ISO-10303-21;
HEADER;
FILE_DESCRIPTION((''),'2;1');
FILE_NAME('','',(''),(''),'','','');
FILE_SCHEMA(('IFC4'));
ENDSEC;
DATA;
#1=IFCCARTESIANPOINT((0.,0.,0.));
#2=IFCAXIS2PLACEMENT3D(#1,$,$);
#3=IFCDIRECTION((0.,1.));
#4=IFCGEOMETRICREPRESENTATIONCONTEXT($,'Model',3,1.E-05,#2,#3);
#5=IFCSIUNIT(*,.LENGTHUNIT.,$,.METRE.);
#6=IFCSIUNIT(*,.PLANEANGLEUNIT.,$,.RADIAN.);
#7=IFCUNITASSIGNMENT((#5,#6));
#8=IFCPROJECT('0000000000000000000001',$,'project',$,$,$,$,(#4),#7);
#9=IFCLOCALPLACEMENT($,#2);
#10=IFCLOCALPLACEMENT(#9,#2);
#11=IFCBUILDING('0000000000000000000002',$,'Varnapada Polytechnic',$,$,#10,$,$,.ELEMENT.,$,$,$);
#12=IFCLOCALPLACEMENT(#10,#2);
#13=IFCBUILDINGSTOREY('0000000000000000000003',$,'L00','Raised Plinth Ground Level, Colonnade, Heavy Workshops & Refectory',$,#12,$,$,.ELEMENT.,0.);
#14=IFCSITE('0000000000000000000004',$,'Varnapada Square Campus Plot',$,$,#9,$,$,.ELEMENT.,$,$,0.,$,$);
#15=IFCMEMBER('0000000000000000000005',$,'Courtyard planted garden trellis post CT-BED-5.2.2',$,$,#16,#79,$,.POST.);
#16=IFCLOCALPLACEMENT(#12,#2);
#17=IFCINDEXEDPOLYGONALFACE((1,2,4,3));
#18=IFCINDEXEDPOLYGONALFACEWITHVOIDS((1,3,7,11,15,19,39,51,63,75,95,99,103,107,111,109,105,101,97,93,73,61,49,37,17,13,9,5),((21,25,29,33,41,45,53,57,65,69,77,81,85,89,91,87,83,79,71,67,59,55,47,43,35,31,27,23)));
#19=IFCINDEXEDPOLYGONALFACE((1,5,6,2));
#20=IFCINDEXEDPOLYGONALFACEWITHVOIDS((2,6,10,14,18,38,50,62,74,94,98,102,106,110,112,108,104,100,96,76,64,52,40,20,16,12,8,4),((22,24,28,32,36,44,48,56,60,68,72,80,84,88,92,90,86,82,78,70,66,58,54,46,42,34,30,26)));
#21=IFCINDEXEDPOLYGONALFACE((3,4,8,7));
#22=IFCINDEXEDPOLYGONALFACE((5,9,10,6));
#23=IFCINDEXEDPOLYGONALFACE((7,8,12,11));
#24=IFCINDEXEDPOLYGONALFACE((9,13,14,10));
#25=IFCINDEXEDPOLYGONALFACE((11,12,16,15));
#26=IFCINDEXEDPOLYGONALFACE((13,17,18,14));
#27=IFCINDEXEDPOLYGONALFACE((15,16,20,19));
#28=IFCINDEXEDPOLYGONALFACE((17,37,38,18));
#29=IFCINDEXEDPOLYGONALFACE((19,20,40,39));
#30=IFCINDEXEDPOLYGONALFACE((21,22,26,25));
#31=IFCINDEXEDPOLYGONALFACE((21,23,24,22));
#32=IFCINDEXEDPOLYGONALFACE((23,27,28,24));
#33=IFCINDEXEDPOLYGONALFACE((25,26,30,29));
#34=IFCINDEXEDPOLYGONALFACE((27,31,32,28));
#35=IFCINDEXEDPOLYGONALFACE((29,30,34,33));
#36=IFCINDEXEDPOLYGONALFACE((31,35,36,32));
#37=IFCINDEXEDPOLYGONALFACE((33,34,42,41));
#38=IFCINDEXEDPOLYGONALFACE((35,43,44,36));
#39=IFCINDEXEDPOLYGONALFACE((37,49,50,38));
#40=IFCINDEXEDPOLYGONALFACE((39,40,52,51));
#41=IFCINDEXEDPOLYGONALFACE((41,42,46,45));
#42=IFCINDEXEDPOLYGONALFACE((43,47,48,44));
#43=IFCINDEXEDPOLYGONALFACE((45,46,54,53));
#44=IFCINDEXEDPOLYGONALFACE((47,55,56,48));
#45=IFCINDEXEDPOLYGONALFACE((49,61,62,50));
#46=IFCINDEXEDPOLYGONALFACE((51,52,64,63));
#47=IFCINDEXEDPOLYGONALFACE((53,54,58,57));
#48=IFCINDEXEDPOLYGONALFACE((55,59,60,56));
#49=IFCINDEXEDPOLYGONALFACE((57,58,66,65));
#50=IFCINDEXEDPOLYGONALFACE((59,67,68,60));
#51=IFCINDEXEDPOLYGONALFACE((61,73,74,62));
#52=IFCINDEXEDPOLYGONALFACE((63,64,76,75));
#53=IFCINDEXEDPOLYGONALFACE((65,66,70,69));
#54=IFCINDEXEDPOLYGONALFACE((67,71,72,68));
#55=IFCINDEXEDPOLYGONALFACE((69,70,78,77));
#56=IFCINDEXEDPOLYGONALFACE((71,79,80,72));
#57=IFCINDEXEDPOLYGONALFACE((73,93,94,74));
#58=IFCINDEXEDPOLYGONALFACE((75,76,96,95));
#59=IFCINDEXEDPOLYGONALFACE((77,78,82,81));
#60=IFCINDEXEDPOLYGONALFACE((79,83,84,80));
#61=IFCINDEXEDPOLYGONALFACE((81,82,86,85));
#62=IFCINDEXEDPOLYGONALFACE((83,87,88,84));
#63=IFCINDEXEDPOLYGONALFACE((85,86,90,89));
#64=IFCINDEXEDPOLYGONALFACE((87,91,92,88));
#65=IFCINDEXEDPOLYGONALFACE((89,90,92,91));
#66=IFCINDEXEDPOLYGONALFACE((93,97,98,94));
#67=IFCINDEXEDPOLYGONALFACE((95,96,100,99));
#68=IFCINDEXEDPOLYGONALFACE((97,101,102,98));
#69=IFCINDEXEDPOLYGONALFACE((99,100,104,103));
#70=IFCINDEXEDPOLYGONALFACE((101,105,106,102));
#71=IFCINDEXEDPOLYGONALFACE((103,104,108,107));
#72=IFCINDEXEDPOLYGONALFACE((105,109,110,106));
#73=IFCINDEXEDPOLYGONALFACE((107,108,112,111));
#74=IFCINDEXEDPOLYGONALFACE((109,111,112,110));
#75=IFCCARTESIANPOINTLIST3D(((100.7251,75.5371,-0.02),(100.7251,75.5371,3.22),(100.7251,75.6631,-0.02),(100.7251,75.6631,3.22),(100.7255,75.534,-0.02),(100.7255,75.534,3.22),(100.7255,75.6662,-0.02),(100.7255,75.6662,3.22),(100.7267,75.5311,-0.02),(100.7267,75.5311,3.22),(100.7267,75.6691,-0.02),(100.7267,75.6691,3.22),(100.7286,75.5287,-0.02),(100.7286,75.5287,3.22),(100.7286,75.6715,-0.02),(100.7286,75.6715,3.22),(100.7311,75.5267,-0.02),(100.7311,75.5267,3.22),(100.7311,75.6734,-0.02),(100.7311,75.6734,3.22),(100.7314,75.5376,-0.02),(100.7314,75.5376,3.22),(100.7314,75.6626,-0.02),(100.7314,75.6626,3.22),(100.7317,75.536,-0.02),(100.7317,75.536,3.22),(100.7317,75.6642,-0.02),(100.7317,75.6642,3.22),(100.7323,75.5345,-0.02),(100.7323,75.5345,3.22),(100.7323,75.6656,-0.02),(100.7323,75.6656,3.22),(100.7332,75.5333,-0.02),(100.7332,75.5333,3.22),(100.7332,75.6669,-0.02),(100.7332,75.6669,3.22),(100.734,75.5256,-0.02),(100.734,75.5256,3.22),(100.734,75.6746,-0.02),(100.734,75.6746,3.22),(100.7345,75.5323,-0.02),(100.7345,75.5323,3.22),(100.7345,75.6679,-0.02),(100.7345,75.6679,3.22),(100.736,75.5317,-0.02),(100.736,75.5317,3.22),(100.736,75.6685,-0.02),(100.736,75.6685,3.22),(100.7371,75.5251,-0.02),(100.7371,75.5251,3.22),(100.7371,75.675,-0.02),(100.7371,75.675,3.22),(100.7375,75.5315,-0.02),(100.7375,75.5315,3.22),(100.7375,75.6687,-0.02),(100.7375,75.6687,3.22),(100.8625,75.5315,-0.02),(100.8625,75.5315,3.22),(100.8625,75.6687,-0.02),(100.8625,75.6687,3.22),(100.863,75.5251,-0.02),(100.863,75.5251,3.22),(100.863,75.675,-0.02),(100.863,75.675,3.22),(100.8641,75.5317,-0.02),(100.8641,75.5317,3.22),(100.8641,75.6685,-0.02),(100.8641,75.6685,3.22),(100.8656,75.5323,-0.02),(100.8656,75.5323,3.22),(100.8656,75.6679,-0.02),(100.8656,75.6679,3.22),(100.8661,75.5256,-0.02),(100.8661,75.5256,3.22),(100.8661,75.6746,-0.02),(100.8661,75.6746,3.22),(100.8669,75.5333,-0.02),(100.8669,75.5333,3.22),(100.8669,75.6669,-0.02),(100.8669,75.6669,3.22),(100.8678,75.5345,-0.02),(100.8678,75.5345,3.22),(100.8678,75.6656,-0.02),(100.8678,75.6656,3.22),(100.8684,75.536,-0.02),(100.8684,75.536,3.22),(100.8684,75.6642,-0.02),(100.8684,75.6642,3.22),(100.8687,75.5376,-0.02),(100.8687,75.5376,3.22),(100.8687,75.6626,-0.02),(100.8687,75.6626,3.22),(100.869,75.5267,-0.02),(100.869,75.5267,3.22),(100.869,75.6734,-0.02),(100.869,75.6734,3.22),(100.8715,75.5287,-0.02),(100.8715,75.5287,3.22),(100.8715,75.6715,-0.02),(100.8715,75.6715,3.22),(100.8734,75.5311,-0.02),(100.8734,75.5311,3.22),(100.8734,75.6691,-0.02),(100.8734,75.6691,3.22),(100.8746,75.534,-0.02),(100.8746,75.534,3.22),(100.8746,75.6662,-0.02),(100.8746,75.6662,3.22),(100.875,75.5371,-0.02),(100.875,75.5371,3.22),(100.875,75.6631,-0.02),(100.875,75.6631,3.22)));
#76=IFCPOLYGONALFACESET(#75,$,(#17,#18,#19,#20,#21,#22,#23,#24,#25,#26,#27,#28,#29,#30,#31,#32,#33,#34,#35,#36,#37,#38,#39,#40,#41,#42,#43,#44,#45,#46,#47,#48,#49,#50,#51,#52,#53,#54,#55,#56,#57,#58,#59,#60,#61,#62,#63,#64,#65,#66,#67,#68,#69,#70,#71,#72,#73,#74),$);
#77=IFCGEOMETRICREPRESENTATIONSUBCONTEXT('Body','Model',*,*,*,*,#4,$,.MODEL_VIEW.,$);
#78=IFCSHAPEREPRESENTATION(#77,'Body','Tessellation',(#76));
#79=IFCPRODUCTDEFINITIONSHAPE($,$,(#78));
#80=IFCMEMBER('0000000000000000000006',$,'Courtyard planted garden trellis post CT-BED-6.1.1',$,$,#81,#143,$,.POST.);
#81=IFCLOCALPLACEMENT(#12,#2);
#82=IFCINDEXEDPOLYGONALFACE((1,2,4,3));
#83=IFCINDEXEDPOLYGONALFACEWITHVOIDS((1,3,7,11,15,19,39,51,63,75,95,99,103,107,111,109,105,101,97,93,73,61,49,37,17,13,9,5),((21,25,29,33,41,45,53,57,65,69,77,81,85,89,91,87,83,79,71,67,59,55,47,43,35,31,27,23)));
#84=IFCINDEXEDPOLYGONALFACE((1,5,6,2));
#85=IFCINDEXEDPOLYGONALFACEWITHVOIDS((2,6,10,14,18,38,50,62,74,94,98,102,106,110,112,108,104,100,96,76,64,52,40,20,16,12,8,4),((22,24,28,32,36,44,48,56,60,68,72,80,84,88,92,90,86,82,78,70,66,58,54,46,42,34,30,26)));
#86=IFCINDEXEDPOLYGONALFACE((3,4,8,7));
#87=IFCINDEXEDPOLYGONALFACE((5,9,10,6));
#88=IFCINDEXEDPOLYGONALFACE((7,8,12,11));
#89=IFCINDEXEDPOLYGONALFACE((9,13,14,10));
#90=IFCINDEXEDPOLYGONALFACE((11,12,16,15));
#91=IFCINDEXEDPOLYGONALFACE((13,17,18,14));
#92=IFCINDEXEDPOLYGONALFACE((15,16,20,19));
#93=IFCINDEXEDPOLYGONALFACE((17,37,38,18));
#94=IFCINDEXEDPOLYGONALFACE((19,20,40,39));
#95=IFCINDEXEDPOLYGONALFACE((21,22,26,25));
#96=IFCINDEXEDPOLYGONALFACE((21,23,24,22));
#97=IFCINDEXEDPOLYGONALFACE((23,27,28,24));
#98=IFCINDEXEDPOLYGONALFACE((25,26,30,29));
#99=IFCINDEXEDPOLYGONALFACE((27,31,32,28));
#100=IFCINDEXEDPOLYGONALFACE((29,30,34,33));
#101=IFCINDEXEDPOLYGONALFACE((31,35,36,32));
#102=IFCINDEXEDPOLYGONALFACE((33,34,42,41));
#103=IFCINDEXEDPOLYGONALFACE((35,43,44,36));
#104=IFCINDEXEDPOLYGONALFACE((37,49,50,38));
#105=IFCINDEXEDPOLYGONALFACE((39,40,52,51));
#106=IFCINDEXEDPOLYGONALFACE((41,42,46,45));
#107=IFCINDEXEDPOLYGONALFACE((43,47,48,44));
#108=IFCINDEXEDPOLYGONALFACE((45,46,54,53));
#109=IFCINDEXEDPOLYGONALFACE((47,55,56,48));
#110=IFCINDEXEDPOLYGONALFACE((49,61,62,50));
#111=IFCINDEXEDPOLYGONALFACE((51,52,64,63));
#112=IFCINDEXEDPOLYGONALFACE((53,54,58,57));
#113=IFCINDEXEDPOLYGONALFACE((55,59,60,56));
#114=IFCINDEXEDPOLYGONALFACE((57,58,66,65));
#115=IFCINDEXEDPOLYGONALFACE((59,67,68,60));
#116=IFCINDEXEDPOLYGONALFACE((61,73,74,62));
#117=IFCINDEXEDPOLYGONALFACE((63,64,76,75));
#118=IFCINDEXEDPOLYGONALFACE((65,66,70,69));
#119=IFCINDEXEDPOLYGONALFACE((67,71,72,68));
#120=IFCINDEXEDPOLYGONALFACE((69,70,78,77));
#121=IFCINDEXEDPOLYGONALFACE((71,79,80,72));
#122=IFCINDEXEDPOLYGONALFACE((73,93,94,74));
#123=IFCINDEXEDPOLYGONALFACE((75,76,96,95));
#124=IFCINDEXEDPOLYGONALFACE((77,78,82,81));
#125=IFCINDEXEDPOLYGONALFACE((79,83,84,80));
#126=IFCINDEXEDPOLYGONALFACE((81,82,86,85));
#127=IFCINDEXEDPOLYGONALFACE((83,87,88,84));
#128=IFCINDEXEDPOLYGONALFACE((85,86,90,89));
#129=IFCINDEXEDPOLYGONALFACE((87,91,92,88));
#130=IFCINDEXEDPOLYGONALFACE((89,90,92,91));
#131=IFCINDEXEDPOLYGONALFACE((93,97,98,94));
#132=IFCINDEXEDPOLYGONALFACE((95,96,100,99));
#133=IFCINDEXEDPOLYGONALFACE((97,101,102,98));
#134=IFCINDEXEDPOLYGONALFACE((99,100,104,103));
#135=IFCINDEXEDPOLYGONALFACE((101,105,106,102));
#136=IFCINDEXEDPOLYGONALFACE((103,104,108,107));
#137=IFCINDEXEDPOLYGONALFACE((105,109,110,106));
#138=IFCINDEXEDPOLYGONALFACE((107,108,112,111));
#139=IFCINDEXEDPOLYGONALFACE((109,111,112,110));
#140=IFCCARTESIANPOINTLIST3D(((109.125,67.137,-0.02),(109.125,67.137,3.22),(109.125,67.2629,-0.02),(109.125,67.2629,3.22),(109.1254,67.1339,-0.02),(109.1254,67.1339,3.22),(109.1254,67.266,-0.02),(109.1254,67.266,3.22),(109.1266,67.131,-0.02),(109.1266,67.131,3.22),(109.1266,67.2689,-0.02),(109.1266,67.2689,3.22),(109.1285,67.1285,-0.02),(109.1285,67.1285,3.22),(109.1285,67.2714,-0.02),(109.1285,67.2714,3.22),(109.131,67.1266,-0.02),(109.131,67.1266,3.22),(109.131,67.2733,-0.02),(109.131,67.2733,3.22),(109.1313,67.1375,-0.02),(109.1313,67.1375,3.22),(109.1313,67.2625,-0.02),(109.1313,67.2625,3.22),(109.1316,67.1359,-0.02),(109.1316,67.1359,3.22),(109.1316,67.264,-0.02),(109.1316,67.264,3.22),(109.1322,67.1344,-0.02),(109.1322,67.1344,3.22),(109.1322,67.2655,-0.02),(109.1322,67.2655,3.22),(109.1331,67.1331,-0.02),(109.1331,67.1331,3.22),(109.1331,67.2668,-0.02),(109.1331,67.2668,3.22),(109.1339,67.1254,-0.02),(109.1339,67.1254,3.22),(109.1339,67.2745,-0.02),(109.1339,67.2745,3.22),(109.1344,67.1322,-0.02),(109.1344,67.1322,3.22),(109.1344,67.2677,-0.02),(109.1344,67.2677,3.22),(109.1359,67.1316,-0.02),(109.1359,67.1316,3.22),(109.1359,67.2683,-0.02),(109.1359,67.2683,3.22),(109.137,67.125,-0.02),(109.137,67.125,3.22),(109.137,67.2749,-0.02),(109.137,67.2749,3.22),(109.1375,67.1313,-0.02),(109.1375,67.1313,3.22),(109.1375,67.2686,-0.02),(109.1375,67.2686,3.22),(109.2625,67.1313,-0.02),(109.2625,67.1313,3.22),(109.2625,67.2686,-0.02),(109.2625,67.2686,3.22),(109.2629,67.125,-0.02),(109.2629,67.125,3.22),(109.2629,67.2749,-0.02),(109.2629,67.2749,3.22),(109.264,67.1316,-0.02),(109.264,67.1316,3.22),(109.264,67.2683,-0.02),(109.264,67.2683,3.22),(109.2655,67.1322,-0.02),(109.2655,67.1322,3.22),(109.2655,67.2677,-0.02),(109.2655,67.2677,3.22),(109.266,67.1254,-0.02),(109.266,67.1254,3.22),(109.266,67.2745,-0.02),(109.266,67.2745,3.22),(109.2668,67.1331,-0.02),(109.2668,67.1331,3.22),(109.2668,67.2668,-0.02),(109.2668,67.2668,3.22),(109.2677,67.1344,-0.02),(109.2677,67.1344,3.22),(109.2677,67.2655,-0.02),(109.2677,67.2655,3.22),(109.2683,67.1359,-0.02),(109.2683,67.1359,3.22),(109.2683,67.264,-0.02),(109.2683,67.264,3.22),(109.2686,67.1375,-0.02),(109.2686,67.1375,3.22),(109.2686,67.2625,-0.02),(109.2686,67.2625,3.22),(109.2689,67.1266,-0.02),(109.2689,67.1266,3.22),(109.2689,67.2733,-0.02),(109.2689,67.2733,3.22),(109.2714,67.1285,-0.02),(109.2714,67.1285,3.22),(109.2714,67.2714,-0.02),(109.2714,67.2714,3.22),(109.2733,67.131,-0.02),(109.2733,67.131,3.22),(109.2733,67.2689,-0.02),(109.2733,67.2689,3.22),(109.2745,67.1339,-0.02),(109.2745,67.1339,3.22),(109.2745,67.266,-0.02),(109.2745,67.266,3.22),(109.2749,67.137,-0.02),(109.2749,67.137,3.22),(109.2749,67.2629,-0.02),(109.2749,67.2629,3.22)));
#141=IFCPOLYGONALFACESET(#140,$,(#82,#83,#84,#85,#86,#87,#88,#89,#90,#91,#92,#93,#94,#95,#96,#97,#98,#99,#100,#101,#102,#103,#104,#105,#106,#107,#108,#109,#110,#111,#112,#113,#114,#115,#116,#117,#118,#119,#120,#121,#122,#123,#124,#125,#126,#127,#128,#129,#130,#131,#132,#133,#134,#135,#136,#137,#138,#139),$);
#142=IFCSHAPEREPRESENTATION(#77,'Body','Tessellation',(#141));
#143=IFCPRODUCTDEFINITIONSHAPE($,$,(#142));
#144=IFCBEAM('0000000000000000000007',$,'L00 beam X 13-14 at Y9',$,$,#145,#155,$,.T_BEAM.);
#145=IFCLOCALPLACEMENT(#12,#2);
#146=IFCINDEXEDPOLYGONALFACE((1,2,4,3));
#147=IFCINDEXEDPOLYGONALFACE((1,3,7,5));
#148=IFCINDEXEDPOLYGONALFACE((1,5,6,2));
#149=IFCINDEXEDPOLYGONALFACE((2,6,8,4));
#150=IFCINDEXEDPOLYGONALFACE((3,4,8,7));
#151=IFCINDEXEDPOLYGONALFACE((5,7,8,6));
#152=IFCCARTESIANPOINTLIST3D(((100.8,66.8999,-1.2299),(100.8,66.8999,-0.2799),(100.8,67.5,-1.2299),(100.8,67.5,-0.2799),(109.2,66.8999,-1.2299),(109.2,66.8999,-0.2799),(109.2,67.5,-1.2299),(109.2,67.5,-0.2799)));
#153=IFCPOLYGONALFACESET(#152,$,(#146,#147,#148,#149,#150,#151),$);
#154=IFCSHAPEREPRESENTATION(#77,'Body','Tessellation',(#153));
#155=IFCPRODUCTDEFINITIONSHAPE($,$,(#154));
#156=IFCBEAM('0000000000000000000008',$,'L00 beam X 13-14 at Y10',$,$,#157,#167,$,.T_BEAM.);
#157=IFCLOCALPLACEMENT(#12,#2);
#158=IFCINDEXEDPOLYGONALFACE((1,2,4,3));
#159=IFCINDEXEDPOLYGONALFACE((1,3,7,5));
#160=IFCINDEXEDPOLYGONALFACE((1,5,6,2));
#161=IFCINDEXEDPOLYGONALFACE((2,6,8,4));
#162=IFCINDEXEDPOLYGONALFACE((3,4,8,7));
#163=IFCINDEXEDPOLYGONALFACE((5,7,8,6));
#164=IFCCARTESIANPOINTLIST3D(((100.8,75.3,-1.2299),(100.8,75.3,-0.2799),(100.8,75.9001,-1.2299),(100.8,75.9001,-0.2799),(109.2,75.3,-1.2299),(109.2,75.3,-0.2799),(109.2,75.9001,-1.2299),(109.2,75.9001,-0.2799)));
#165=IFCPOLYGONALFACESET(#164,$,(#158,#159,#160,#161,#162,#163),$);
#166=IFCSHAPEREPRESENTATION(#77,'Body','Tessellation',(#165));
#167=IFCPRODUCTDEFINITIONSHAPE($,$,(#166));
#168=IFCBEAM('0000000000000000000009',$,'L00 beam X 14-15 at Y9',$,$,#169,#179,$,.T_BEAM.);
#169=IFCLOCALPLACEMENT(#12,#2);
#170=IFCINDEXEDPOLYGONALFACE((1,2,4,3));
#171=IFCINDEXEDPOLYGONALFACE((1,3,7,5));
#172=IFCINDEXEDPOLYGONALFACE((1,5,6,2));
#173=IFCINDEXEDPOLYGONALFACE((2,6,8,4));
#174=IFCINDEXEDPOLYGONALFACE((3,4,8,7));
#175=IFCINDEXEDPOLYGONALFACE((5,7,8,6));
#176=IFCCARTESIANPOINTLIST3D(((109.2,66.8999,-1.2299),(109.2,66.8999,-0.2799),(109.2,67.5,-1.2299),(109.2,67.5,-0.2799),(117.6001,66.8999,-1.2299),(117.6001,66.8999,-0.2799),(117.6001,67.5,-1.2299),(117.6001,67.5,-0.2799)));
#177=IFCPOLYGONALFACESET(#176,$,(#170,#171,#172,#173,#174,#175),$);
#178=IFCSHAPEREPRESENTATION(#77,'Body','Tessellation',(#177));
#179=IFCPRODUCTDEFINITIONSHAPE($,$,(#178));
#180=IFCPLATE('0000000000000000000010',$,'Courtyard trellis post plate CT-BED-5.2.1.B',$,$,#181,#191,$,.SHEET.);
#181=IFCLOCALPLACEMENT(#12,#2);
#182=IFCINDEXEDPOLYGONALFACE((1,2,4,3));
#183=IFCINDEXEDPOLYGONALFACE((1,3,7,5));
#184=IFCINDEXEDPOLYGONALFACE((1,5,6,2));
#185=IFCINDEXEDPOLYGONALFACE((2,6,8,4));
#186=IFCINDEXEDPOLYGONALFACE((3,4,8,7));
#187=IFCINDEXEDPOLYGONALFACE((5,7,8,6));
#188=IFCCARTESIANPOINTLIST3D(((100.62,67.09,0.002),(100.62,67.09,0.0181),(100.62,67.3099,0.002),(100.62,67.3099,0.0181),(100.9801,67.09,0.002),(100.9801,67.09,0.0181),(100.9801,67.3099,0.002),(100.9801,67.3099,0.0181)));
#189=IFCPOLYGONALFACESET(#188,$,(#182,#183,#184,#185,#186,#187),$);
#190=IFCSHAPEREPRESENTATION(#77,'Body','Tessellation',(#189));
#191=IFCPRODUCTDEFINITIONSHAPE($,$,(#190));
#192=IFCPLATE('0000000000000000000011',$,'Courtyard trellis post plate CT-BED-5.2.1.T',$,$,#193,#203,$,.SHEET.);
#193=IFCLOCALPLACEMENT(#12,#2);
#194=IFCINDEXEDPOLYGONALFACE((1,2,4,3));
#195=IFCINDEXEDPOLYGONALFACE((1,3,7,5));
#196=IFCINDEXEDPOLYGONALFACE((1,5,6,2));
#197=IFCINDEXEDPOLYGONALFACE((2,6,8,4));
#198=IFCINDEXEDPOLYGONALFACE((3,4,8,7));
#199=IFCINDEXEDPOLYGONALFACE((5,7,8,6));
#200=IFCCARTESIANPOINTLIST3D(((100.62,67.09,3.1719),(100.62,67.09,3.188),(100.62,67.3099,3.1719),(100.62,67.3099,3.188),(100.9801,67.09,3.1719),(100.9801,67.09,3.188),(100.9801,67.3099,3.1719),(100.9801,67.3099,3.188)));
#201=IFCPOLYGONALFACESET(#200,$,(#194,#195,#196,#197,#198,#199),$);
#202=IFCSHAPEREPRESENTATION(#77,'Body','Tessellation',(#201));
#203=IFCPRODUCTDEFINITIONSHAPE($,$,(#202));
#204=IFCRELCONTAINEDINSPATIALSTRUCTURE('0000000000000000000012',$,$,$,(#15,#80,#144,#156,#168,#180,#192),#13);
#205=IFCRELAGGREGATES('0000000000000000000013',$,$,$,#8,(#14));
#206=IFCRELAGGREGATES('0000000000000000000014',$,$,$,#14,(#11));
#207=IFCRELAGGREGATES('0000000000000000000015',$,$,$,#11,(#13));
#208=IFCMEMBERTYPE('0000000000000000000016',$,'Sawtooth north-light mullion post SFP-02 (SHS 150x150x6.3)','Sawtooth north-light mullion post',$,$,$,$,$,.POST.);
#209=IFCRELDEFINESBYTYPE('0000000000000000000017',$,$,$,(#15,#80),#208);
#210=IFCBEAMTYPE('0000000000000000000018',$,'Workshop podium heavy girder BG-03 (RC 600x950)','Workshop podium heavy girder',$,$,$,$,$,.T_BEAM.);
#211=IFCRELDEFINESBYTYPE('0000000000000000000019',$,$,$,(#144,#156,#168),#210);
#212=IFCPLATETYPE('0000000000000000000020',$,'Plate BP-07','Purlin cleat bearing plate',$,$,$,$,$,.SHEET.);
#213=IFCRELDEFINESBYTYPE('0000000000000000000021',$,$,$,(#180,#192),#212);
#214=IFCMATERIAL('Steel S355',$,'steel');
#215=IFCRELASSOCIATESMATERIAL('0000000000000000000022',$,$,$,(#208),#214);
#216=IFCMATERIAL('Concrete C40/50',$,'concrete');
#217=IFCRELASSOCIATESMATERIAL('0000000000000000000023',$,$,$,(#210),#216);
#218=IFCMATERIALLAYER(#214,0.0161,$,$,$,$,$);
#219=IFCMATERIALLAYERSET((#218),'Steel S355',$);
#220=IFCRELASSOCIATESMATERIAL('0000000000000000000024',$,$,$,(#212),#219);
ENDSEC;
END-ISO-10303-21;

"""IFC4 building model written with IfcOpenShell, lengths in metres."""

from ifc_helpers import new_model, si_unit, direction, frame, origin, origin_2d, place, context, subcontext, project, spatial, rectangle, hollow_rectangle, extrude, material, layer, layer_set, material_profile, profile_set, type_object, element, save


model = new_model("IFC4")

# Units and contexts
model_context = context("Model", 3, precision=1e-05, world=origin(), true_north=direction((0.0, 1.0)))
body_context = subcontext(model_context, "Body", "Model", "MODEL_VIEW")
ifc_project = project(units=[si_unit("LENGTHUNIT", "METRE"), si_unit("PLANEANGLEUNIT", "RADIAN")], contexts=[model_context])

# Site, building, storey
site_placement = place(None, origin())
site = spatial("IfcSite", under=ifc_project, at=site_placement, Name="Varnapada Square Campus Plot", CompositionType="ELEMENT", RefElevation=0.0)
building_placement = place(site_placement, origin())
building = spatial("IfcBuilding", under=site, at=building_placement, Name="Varnapada Polytechnic", CompositionType="ELEMENT")
storey_placement = place(building_placement, origin())
storey = spatial("IfcBuildingStorey", under=building, at=storey_placement, Name="L00", Description="Raised Plinth Ground Level, Colonnade, Heavy Workshops & Refectory", CompositionType="ELEMENT", Elevation=0.0)

# Shared definitions
ifc_material_1 = material(Name="Concrete C40/50", Category="concrete")

# Shared definitions
ifc_material_2 = material(Name="Steel S355", Category="steel")

# Members
ifc_material_profile_1 = material_profile(ifc_material_2, hollow_rectangle(XDim=0.1499, YDim=0.1499, WallThickness=0.0063, InnerFilletRadius=0.0061, OuterFilletRadius=0.012, at=origin_2d()), Name="SHS 150x150x6.3")
ifc_profile_set_1 = profile_set([ifc_material_profile_1], Name="Steel S355")
member_type_1 = type_object("IfcMemberType", Name="Sawtooth north-light mullion post SFP-02 (SHS 150x150x6.3)", Description="Sawtooth north-light mullion post", PredefinedType="POST", material=ifc_profile_set_1)
for number, where, z_axis, x_axis, name in (
    (1, (100.8, 75.6001, -0.02), (0.0, 0.0, 1.0), (1.0, 0.0, 0.0), "Courtyard planted garden trellis post CT-BED-5.2.2"),
    (2, (109.2, 67.2, -0.02), (0.0, 0.0, 1.0), (1.0, 0.0, 0.0), "Courtyard planted garden trellis post CT-BED-6.1.1"),
):
    element("IfcMember", number, at=place(storey_placement, frame(where, z_axis=z_axis, x_axis=x_axis)), inside=storey, type_object=member_type_1, Name=name, PredefinedType="POST", context=body_context, shape_type="SweptSolid", body=[
        extrude(hollow_rectangle(XDim=0.1499, YDim=0.1499, WallThickness=0.0063, InnerFilletRadius=0.0061, OuterFilletRadius=0.012, at=origin_2d()), origin(), (0.0, 0.0, 1.0), 3.24),
    ])

# Beams
ifc_material_profile_2 = material_profile(ifc_material_1, rectangle(XDim=0.6001, YDim=0.95, at=origin_2d()), Name="RC 600x950")
ifc_profile_set_2 = profile_set([ifc_material_profile_2], Name="Concrete C40/50")
beam_type_1 = type_object("IfcBeamType", Name="Workshop podium heavy girder BG-03 (RC 600x950)", Description="Workshop podium heavy girder", PredefinedType="T_BEAM", material=ifc_profile_set_2)
for number, where, z_axis, x_axis, name in (
    (3, (100.8, 67.2, -0.7549), (1.0, 0.0, 0.0), (0.0, 1.0, 0.0), "L00 beam X 13-14 at Y9"),
    (4, (100.8, 75.6001, -0.7549), (1.0, 0.0, 0.0), (0.0, 1.0, 0.0), "L00 beam X 13-14 at Y10"),
):
    element("IfcBeam", number, at=place(storey_placement, frame(where, z_axis=z_axis, x_axis=x_axis)), inside=storey, type_object=beam_type_1, Name=name, PredefinedType="T_BEAM", context=body_context, shape_type="SweptSolid", body=[
        extrude(rectangle(XDim=0.6001, YDim=0.95, at=origin_2d()), origin(), (0.0, 0.0, 1.0), 8.3999),
    ])
beam_1_placement = place(storey_placement, frame((109.2, 67.2, -0.7549), z_axis=(1.0, 0.0, 0.0), x_axis=(0.0, 1.0, 0.0)))
element("IfcBeam", 5, at=beam_1_placement, inside=storey, type_object=beam_type_1, Name="L00 beam X 14-15 at Y9", PredefinedType="T_BEAM", context=body_context, shape_type="SweptSolid", body=[
    extrude(rectangle(XDim=0.6001, YDim=0.95, at=origin_2d()), origin(), (0.0, 0.0, 1.0), 8.4001),
])

# Plates
ifc_layer_1 = layer(ifc_material_2, 0.0161)
ifc_layer_set_1 = layer_set([ifc_layer_1], Name="Steel S355")
plate_type = type_object("IfcPlateType", Name="Plate BP-07", Description="Purlin cleat bearing plate", PredefinedType="SHEET", material=ifc_layer_set_1)
for number, where, z_axis, x_axis, name in (
    (6, (100.8, 67.2, 0.002), (0.0, 0.0, 1.0), (1.0, 0.0, 0.0), "Courtyard trellis post plate CT-BED-5.2.1.B"),
    (7, (100.8, 67.2, 3.1719), (0.0, 0.0, 1.0), (1.0, 0.0, 0.0), "Courtyard trellis post plate CT-BED-5.2.1.T"),
):
    element("IfcPlate", number, at=place(storey_placement, frame(where, z_axis=z_axis, x_axis=x_axis)), inside=storey, type_object=plate_type, Name=name, PredefinedType="SHEET", context=body_context, shape_type="SweptSolid", body=[
        extrude(rectangle(XDim=0.3601, YDim=0.22, at=origin_2d()), origin(), (0.0, 0.0, 1.0), 0.0161),
    ])

save(model, "model.ifc")
